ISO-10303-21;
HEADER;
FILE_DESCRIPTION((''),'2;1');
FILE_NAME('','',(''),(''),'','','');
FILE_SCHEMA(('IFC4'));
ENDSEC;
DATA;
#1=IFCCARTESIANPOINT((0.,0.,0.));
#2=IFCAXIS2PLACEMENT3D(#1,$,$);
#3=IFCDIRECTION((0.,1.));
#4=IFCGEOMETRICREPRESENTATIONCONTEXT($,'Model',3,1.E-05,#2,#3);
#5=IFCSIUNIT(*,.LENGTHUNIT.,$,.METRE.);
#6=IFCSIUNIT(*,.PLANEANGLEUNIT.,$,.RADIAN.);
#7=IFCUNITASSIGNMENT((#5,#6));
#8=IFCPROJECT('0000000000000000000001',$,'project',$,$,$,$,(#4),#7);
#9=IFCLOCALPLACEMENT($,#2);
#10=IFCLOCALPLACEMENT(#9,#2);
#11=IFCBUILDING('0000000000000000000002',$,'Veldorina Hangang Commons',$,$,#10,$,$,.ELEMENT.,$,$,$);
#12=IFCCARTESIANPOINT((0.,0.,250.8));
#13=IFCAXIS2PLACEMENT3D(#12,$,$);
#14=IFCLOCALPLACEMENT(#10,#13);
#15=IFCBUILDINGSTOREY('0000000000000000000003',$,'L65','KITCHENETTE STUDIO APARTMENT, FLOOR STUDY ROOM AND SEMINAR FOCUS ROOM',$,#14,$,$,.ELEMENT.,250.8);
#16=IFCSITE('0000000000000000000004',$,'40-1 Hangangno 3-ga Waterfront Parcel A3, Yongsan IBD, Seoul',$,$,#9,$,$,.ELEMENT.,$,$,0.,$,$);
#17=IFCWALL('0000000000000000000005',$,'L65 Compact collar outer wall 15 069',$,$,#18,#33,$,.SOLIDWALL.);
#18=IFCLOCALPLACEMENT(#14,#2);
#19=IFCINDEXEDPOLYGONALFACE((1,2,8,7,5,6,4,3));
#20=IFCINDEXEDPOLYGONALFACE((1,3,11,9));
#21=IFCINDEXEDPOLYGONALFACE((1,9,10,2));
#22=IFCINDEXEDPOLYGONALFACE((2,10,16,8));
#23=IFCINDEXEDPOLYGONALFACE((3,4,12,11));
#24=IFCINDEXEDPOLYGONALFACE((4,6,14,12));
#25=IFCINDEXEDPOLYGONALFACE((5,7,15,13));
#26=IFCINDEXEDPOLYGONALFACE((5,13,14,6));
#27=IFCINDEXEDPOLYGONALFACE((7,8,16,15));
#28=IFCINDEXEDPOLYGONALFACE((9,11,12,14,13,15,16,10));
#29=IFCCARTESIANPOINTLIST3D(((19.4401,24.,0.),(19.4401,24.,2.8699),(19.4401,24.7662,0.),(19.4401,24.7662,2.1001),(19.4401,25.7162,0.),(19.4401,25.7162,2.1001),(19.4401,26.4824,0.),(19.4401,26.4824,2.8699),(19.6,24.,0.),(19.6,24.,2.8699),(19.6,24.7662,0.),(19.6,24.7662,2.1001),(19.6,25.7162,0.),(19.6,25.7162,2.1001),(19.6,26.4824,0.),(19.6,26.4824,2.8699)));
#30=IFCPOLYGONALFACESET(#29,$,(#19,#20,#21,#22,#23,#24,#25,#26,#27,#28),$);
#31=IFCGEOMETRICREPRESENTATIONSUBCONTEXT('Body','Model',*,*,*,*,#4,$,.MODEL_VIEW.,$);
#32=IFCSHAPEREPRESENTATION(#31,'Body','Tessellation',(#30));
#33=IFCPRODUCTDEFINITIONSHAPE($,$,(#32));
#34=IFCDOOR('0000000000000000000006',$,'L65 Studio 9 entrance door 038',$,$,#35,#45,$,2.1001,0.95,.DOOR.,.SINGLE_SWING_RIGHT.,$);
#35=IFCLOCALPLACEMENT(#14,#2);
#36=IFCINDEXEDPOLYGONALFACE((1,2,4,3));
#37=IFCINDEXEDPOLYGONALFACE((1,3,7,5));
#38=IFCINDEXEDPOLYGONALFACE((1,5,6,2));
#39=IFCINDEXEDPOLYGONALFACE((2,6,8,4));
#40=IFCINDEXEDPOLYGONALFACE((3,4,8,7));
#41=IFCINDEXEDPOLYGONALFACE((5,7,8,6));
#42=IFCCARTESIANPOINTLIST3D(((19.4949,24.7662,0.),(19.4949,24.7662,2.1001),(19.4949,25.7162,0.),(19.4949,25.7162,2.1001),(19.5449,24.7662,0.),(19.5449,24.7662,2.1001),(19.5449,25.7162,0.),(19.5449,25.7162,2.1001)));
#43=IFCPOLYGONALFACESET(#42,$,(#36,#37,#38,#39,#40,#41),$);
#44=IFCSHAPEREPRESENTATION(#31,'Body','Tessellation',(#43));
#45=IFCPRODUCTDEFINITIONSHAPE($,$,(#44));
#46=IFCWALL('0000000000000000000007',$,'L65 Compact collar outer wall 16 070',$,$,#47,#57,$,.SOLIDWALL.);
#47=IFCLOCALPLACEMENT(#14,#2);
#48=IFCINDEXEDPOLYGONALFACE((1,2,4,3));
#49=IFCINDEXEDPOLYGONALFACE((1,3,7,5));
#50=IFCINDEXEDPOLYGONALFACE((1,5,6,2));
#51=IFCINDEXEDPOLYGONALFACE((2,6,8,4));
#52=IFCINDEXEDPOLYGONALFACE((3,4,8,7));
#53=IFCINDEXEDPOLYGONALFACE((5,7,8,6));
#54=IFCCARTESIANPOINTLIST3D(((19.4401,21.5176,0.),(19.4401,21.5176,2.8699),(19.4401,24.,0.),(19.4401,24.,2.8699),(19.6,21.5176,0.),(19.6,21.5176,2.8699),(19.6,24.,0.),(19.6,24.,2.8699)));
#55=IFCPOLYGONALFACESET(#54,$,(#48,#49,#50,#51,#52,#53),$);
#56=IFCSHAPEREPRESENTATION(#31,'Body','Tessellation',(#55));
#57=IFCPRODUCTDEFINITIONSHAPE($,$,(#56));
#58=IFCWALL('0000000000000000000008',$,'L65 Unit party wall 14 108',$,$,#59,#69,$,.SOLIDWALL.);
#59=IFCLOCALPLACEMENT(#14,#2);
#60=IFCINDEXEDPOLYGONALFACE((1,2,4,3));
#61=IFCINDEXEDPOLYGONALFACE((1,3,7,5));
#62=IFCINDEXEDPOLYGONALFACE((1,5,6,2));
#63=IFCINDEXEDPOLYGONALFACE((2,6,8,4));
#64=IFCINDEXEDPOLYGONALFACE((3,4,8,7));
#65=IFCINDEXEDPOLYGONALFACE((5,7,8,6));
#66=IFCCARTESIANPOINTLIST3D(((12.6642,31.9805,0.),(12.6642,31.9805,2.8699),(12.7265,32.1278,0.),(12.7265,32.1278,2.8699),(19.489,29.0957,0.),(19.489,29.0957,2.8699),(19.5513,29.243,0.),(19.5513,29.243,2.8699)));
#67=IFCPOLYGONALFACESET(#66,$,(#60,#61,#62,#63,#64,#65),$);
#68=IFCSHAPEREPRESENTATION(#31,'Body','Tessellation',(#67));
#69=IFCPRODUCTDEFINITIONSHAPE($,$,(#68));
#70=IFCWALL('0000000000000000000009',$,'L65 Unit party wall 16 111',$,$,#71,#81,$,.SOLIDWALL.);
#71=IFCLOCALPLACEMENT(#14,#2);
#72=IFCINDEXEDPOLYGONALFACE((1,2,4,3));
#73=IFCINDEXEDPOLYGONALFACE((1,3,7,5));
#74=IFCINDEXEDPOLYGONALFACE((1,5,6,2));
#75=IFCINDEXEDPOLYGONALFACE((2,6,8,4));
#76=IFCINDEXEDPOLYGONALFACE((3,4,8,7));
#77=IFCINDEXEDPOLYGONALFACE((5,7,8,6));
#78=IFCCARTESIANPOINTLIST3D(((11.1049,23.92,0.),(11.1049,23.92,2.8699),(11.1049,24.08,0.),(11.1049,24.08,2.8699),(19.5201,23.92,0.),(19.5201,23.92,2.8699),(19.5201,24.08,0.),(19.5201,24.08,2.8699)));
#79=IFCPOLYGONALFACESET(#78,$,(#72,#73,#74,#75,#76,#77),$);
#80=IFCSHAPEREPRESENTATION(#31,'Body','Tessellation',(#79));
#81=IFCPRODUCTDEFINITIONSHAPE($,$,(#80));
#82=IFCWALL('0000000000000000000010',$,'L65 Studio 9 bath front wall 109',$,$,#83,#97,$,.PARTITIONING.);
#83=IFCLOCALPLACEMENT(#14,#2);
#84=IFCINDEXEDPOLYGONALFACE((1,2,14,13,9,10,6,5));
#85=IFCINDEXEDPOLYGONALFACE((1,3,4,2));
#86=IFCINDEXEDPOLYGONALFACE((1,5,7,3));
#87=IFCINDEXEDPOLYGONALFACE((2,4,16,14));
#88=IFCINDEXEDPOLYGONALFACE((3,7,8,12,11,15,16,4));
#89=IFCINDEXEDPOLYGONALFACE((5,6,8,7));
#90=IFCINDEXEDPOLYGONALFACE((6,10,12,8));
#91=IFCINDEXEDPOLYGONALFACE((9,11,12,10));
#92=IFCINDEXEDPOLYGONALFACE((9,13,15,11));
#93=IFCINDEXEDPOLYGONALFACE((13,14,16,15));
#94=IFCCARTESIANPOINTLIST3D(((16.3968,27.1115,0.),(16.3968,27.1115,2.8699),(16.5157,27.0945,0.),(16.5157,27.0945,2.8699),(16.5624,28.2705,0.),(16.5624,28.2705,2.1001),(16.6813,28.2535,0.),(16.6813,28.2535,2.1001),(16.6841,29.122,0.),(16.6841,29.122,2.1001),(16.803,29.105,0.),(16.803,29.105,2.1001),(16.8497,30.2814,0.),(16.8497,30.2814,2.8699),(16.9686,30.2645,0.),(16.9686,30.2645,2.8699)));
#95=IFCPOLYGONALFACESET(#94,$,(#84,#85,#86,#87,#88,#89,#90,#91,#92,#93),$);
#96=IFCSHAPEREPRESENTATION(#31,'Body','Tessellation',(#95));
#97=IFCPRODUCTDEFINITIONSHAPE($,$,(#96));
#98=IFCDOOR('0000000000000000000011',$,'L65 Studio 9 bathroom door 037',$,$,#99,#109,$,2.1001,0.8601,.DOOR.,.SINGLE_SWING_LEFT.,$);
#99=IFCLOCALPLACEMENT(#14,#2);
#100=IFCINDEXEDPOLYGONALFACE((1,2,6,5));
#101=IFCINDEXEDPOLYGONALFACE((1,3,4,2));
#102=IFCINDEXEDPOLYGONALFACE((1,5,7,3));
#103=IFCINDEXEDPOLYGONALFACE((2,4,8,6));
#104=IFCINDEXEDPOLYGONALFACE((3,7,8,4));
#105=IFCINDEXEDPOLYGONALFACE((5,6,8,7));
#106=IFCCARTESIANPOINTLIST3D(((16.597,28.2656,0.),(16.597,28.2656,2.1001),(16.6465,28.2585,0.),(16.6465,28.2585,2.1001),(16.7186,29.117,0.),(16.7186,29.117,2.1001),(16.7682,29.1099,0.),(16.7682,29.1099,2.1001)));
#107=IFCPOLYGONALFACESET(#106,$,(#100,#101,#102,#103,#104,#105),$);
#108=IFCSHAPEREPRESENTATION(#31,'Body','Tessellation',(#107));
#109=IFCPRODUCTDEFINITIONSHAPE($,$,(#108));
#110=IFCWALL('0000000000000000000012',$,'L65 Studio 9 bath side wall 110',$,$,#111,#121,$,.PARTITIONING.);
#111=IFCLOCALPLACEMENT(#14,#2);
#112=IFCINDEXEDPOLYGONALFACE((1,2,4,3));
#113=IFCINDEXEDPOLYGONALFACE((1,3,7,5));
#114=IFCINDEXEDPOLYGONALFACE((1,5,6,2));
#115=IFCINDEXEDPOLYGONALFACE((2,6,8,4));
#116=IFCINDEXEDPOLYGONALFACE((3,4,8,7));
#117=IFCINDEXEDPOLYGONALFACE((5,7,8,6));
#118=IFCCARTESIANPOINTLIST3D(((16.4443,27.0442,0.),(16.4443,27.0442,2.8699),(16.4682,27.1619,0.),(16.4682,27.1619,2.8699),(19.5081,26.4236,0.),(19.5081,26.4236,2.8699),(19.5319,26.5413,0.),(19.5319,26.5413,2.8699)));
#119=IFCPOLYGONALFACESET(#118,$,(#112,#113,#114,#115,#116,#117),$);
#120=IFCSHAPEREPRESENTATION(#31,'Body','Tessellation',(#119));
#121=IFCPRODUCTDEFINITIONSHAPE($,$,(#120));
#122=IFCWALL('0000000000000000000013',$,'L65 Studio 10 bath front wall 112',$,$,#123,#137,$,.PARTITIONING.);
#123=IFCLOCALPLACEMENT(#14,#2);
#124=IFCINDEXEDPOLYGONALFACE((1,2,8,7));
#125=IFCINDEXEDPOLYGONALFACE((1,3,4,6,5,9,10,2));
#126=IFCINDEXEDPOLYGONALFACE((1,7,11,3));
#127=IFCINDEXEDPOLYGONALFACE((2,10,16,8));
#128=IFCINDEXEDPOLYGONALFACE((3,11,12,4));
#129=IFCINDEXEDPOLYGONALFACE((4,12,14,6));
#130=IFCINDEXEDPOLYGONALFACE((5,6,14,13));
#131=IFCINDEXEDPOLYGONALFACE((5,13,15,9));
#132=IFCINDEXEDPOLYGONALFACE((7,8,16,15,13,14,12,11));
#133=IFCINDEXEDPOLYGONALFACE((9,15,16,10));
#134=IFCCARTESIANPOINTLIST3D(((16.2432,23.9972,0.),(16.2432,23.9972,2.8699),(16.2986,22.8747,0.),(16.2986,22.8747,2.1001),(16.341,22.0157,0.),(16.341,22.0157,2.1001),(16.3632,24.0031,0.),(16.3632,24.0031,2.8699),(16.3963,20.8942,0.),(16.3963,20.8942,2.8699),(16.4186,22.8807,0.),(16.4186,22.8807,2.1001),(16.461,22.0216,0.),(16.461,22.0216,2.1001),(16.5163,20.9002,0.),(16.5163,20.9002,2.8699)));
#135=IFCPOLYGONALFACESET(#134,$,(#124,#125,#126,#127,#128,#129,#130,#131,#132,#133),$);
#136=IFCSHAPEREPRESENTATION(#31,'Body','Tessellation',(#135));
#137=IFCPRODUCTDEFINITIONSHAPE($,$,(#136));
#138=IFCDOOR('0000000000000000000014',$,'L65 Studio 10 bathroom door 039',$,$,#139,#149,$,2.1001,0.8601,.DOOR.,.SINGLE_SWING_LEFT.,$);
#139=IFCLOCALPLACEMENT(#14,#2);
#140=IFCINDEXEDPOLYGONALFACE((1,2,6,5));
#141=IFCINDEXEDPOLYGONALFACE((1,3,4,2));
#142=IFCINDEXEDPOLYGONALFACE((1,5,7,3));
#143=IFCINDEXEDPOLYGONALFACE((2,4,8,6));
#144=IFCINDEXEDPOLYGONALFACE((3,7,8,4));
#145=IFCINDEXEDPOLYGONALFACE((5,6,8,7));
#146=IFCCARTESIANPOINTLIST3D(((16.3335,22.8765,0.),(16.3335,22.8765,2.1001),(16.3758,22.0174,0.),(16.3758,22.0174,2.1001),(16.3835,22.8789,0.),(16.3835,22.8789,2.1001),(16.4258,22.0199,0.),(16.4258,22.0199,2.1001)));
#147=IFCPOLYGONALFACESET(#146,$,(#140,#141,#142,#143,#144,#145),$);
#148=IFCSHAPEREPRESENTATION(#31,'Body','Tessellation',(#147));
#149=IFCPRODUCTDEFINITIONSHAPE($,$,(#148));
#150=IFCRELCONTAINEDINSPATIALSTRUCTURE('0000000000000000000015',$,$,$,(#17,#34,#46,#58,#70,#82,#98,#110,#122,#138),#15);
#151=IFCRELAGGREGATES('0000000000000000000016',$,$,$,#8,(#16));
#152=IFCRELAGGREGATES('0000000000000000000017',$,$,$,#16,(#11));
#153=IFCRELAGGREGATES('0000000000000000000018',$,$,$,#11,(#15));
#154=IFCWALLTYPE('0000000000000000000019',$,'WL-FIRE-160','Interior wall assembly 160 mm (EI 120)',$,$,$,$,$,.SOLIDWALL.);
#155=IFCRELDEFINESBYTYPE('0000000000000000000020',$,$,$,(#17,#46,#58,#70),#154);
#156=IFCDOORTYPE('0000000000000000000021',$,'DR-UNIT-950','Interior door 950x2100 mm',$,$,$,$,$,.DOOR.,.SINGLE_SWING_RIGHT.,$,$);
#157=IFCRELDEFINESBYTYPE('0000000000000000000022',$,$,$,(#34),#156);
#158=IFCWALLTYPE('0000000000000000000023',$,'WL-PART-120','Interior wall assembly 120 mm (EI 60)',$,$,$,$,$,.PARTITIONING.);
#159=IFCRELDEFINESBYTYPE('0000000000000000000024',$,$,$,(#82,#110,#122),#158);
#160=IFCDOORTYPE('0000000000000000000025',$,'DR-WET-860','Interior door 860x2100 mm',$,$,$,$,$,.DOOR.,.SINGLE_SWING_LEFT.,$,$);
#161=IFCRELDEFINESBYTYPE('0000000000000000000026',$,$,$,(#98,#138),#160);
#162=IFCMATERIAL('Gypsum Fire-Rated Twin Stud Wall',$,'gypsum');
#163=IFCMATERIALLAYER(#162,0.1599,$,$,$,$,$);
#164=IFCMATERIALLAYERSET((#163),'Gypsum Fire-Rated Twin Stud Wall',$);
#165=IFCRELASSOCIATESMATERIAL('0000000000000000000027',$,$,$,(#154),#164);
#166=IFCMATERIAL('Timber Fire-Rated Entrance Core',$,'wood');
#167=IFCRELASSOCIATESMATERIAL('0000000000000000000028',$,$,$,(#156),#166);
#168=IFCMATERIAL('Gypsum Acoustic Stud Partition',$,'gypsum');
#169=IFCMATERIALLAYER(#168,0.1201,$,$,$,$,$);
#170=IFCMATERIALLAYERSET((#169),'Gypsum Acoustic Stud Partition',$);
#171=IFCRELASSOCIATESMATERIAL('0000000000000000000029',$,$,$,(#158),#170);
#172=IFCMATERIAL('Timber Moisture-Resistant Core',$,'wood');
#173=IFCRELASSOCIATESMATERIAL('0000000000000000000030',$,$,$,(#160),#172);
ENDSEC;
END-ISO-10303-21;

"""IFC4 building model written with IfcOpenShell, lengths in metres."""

from ifc_helpers import new_model, si_unit, direction, frame, frame_2d, origin, place, context, subcontext, project, spatial, rectangle, extrude, material, layer, layer_set, type_object, element, fill, save


model = new_model("IFC4")

# Units and contexts
model_context = context("Model", 3, precision=1e-05, world=origin(), true_north=direction((0.0, 1.0)))
body_context = subcontext(model_context, "Body", "Model", "MODEL_VIEW")
ifc_project = project(units=[si_unit("LENGTHUNIT", "METRE"), si_unit("PLANEANGLEUNIT", "RADIAN")], contexts=[model_context])

# Site, building, storey
site_placement = place(None, origin())
site = spatial("IfcSite", under=ifc_project, at=site_placement, Name="40-1 Hangangno 3-ga Waterfront Parcel A3, Yongsan IBD, Seoul", CompositionType="ELEMENT", RefElevation=0.0)
building_placement = place(site_placement, origin())
building = spatial("IfcBuilding", under=site, at=building_placement, Name="Veldorina Hangang Commons", CompositionType="ELEMENT")
storey_placement = place(building_placement, frame((0.0, 0.0, 250.8)))
storey = spatial("IfcBuildingStorey", under=building, at=storey_placement, Name="L65", Description="KITCHENETTE STUDIO APARTMENT, FLOOR STUDY ROOM AND SEMINAR FOCUS ROOM", CompositionType="ELEMENT", Elevation=250.8)

# Shared definitions
ifc_material_1 = material(Name="Gypsum Fire-Rated Twin Stud Wall", Category="gypsum")
ifc_layer_1 = layer(ifc_material_1, 0.1599)
ifc_layer_set_1 = layer_set([ifc_layer_1], Name="Gypsum Fire-Rated Twin Stud Wall")
wall_type_1 = type_object("IfcWallType", Name="WL-FIRE-160", Description="Interior wall assembly 160 mm (EI 120)", PredefinedType="SOLIDWALL", material=ifc_layer_set_1)
ifc_material_2 = material(Name="Timber Fire-Rated Entrance Core", Category="wood")
door_type_1 = type_object("IfcDoorType", Name="DR-UNIT-950", Description="Interior door 950x2100 mm", OperationType="SINGLE_SWING_RIGHT", PredefinedType="DOOR", material=ifc_material_2)

# Wall, opening, door
wall_1_placement = place(storey_placement, frame((19.52, 26.4824, 0.0), z_axis=(0.0, 0.0, 1.0), x_axis=(0.0, -1.0, 0.0)))
wall_1 = element("IfcWall", 1, at=wall_1_placement, inside=storey, type_object=wall_type_1, Name="L65 Compact collar outer wall 15 069", PredefinedType="SOLIDWALL", context=body_context, shape_type="SweptSolid", body=[
    extrude(rectangle(XDim=2.4824, YDim=0.1599, at=frame_2d((1.2412, 0.0))), origin(), (0.0, 0.0, 1.0), 2.8699),
])
opening_1_placement = place(wall_1_placement, frame((0.7661, 0.0, 0.0)))
opening_1 = element("IfcOpeningElement", 2, at=opening_1_placement, cuts=wall_1, PredefinedType="OPENING", context=body_context, shape_type="SweptSolid", body=[
    extrude(rectangle(XDim=0.95, YDim=2.1001, at=frame_2d((0.4751, 1.05))), frame((0.0, 0.0898, 0.0), z_axis=(0.0, -1.0, 0.0), x_axis=(1.0, 0.0, 0.0)), (0.0, 0.0, 1.0), 0.1799),
])
door_1_placement = place(opening_1_placement, origin())
door_1 = element("IfcDoor", 3, at=door_1_placement, inside=storey, type_object=door_type_1, Name="L65 Studio 9 entrance door 038", OperationType="SINGLE_SWING_RIGHT", OverallHeight=2.1001, OverallWidth=0.95, PredefinedType="DOOR", context=body_context, shape_type="SweptSolid", body=[
    extrude(rectangle(XDim=0.95, YDim=2.1001, at=frame_2d((0.4751, 1.05))), frame((0.0, 0.0249, 0.0), z_axis=(0.0, -1.0, 0.0), x_axis=(1.0, 0.0, 0.0)), (0.0, 0.0, 1.0), 0.05),
])
fill(opening_1, door_1)

# Walls
wall_2_placement = place(storey_placement, frame((19.52, 24.0, 0.0), z_axis=(0.0, 0.0, 1.0), x_axis=(0.0, -1.0, 0.0)))
element("IfcWall", 4, at=wall_2_placement, inside=storey, type_object=wall_type_1, Name="L65 Compact collar outer wall 16 070", PredefinedType="SOLIDWALL", context=body_context, shape_type="SweptSolid", body=[
    extrude(rectangle(XDim=2.4824, YDim=0.1599, at=frame_2d((1.2412, 0.0))), origin(), (0.0, 0.0, 1.0), 2.8699),
])
wall_3_placement = place(storey_placement, frame((19.52, 29.1694, 0.0), z_axis=(0.0, 0.0, 1.0), x_axis=(-0.921094, 0.389341, 0.0)))
element("IfcWall", 5, at=wall_3_placement, inside=storey, type_object=wall_type_1, Name="L65 Unit party wall 14 108", PredefinedType="SOLIDWALL", context=body_context, shape_type="SweptSolid", body=[
    extrude(rectangle(XDim=7.4094, YDim=0.1599, at=frame_2d((3.7046, 0.0))), origin(), (0.0, 0.0, 1.0), 2.8699),
])
wall_4_placement = place(storey_placement, frame((19.52, 24.0, 0.0), z_axis=(0.0, 0.0, 1.0), x_axis=(-1.0, 0.0, 0.0)))
element("IfcWall", 6, at=wall_4_placement, inside=storey, type_object=wall_type_1, Name="L65 Unit party wall 16 111", PredefinedType="SOLIDWALL", context=body_context, shape_type="SweptSolid", body=[
    extrude(rectangle(XDim=8.4153, YDim=0.1599, at=frame_2d((4.2075, 0.0))), origin(), (0.0, 0.0, 1.0), 2.8699),
])

# Wall, opening, door
ifc_material_3 = material(Name="Gypsum Acoustic Stud Partition", Category="gypsum")
ifc_layer_2 = layer(ifc_material_3, 0.1201)
ifc_layer_set_2 = layer_set([ifc_layer_2], Name="Gypsum Acoustic Stud Partition")
wall_type_2 = type_object("IfcWallType", Name="WL-PART-120", Description="Interior wall assembly 120 mm (EI 60)", PredefinedType="PARTITIONING", material=ifc_layer_set_2)
wall_5_placement = place(storey_placement, frame((16.9092, 30.2729, 0.0), z_axis=(0.0, 0.0, 1.0), x_axis=(-0.141432, -0.989948, 0.0)))
wall_5 = element("IfcWall", 7, at=wall_5_placement, inside=storey, type_object=wall_type_2, Name="L65 Studio 9 bath front wall 109", PredefinedType="PARTITIONING", context=body_context, shape_type="SweptSolid", body=[
    extrude(rectangle(XDim=3.2021, YDim=0.1201, at=frame_2d((1.6011, 0.0))), origin(), (0.0, 0.0, 1.0), 2.8699),
])
opening_2_placement = place(wall_5_placement, frame((1.1711, 0.0, 0.0)))
opening_2 = element("IfcOpeningElement", 8, at=opening_2_placement, cuts=wall_5, PredefinedType="OPENING", context=body_context, shape_type="SweptSolid", body=[
    extrude(rectangle(XDim=0.8601, YDim=2.1001, at=frame_2d((0.4302, 1.05))), frame((0.0, 0.0701, 0.0), z_axis=(0.0, -1.0, 0.0), x_axis=(1.0, 0.0, 0.0)), (0.0, 0.0, 1.0), 0.1401),
])
ifc_material_4 = material(Name="Timber Moisture-Resistant Core", Category="wood")
door_type_2 = type_object("IfcDoorType", Name="DR-WET-860", Description="Interior door 860x2100 mm", OperationType="SINGLE_SWING_LEFT", PredefinedType="DOOR", material=ifc_material_4)
door_2_placement = place(opening_2_placement, origin())
door_2 = element("IfcDoor", 9, at=door_2_placement, inside=storey, type_object=door_type_2, Name="L65 Studio 9 bathroom door 037", OperationType="SINGLE_SWING_LEFT", OverallHeight=2.1001, OverallWidth=0.8601, PredefinedType="DOOR", context=body_context, shape_type="SweptSolid", body=[
    extrude(rectangle(XDim=0.8601, YDim=2.1001, at=frame_2d((0.4302, 1.05))), frame((0.0, 0.0249, 0.0), z_axis=(0.0, -1.0, 0.0), x_axis=(1.0, 0.0, 0.0)), (0.0, 0.0, 1.0), 0.05),
])
fill(opening_2, door_2)

# Wall
wall_6_placement = place(storey_placement, frame((19.52, 26.4824, 0.0), z_axis=(0.0, 0.0, 1.0), x_axis=(-0.980094, 0.198534, 0.0)))
element("IfcWall", 10, at=wall_6_placement, inside=storey, type_object=wall_type_2, Name="L65 Studio 9 bath side wall 110", PredefinedType="PARTITIONING", context=body_context, shape_type="SweptSolid", body=[
    extrude(rectangle(XDim=3.126, YDim=0.1201, at=frame_2d((1.563, 0.0))), origin(), (0.0, 0.0, 1.0), 2.8699),
])

# Wall, opening, door
wall_7_placement = place(storey_placement, frame((16.3032, 24.0, 0.0), z_axis=(0.0, 0.0, 1.0), x_axis=(0.049271, -0.998785, 0.0)))
wall_7 = element("IfcWall", 11, at=wall_7_placement, inside=storey, type_object=wall_type_2, Name="L65 Studio 10 bath front wall 112", PredefinedType="PARTITIONING", context=body_context, shape_type="SweptSolid", body=[
    extrude(rectangle(XDim=3.1067, YDim=0.1201, at=frame_2d((1.5532, 0.0))), origin(), (0.0, 0.0, 1.0), 2.8699),
])
opening_3_placement = place(wall_7_placement, frame((1.1235, 0.0, 0.0)))
opening_3 = element("IfcOpeningElement", 12, at=opening_3_placement, cuts=wall_7, PredefinedType="OPENING", context=body_context, shape_type="SweptSolid", body=[
    extrude(rectangle(XDim=0.8601, YDim=2.1001, at=frame_2d((0.4302, 1.05))), frame((0.0, 0.0701, 0.0), z_axis=(0.0, -1.0, 0.0), x_axis=(1.0, 0.0, 0.0)), (0.0, 0.0, 1.0), 0.1401),
])
door_3_placement = place(opening_3_placement, origin())
door_3 = element("IfcDoor", 13, at=door_3_placement, inside=storey, type_object=door_type_2, Name="L65 Studio 10 bathroom door 039", OperationType="SINGLE_SWING_LEFT", OverallHeight=2.1001, OverallWidth=0.8601, PredefinedType="DOOR", context=body_context, shape_type="SweptSolid", body=[
    extrude(rectangle(XDim=0.8601, YDim=2.1001, at=frame_2d((0.4302, 1.05))), frame((0.0, 0.0249, 0.0), z_axis=(0.0, -1.0, 0.0), x_axis=(1.0, 0.0, 0.0)), (0.0, 0.0, 1.0), 0.05),
])
fill(opening_3, door_3)

save(model, "model.ifc")
